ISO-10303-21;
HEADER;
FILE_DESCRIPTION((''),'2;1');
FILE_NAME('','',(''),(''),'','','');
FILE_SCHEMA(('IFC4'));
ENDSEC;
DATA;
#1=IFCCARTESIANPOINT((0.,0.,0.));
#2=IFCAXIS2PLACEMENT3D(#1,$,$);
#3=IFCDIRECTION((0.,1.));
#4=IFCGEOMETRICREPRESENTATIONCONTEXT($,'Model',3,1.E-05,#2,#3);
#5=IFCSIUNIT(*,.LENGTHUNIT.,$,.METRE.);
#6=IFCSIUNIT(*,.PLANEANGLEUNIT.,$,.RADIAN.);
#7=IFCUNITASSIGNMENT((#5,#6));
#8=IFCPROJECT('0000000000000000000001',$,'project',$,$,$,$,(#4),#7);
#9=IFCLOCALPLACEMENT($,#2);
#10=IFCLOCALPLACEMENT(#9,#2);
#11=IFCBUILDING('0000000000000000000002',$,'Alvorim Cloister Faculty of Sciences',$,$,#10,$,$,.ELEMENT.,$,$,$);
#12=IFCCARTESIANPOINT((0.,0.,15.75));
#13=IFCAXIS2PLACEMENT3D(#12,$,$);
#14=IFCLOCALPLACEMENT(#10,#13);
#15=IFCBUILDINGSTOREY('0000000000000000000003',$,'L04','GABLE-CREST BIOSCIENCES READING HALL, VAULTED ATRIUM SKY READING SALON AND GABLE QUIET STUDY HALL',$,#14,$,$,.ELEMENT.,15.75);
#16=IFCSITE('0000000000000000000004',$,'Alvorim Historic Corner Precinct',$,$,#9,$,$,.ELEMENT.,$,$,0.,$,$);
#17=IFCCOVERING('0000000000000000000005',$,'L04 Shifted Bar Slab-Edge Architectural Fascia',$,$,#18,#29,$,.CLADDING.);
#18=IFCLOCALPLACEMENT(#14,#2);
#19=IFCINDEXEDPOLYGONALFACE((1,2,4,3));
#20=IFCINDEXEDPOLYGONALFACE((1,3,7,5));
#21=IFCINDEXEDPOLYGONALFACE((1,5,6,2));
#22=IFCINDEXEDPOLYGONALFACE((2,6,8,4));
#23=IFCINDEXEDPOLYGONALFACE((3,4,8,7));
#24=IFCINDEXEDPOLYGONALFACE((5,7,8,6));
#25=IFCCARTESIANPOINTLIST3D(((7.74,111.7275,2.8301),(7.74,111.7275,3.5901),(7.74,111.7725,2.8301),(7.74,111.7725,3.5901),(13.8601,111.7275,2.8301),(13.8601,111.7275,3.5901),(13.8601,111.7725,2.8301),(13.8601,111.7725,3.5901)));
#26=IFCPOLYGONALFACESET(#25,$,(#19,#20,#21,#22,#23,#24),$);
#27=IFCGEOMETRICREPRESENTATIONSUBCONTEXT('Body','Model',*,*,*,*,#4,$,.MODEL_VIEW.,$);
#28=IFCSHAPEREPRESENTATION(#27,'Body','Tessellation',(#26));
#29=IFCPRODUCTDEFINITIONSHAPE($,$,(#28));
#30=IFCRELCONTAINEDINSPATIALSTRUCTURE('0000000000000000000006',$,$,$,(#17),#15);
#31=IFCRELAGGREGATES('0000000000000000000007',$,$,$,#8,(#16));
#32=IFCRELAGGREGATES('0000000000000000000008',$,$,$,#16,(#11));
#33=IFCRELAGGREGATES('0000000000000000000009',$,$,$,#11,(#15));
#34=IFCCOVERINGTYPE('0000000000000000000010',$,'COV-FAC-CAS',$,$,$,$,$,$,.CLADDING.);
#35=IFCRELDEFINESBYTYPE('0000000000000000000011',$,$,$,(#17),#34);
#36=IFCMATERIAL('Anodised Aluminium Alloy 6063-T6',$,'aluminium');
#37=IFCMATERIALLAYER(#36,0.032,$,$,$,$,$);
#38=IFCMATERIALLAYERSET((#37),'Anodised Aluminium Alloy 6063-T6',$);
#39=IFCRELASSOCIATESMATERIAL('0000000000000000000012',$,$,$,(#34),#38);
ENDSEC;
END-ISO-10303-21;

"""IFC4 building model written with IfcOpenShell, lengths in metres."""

from ifc_helpers import new_model, si_unit, direction, frame, origin, place, context, subcontext, project, spatial, polyline, outline, extrude, material, layer, layer_set, type_object, element, save


model = new_model("IFC4")

# Units and contexts
model_context = context("Model", 3, precision=1e-05, world=origin(), true_north=direction((0.0, 1.0)))
body_context = subcontext(model_context, "Body", "Model", "MODEL_VIEW")
ifc_project = project(units=[si_unit("LENGTHUNIT", "METRE"), si_unit("PLANEANGLEUNIT", "RADIAN")], contexts=[model_context])

# Site, building, storey
site_placement = place(None, origin())
site = spatial("IfcSite", under=ifc_project, at=site_placement, Name="Alvorim Historic Corner Precinct", CompositionType="ELEMENT", RefElevation=0.0)
building_placement = place(site_placement, origin())
building = spatial("IfcBuilding", under=site, at=building_placement, Name="Alvorim Cloister Faculty of Sciences", CompositionType="ELEMENT")
storey_placement = place(building_placement, frame((0.0, 0.0, 15.75)))
storey = spatial("IfcBuildingStorey", under=building, at=storey_placement, Name="L04", Description="GABLE-CREST BIOSCIENCES READING HALL, VAULTED ATRIUM SKY READING SALON AND GABLE QUIET STUDY HALL", CompositionType="ELEMENT", Elevation=15.75)

# Covering
ifc_material_1 = material(Name="Anodised Aluminium Alloy 6063-T6", Category="aluminium")
ifc_layer_1 = layer(ifc_material_1, 0.032)
ifc_layer_set_1 = layer_set([ifc_layer_1], Name="Anodised Aluminium Alloy 6063-T6")
covering_type = type_object("IfcCoveringType", Name="COV-FAC-CAS", PredefinedType="CLADDING", material=ifc_layer_set_1)
covering_placement = place(storey_placement, frame((7.74, 111.75, 2.8301), z_axis=(0.0, 0.0, 1.0), x_axis=(1.0, 0.0, 0.0)))
element("IfcCovering", 1, at=covering_placement, inside=storey, type_object=covering_type, Name="L04 Shifted Bar Slab-Edge Architectural Fascia", PredefinedType="CLADDING", context=body_context, shape_type="SweptSolid", body=[
    extrude(outline(polyline([(0.0, 0.0), (6.1201, 0.0), (6.1201, 0.76), (0.0, 0.76), (0.0, 0.0)])), frame((0.0, 0.0225, 0.0), z_axis=(0.0, -1.0, 0.0), x_axis=(1.0, 0.0, 0.0)), (0.0, 0.0, 1.0), 0.0449),
])

save(model, "model.ifc")
